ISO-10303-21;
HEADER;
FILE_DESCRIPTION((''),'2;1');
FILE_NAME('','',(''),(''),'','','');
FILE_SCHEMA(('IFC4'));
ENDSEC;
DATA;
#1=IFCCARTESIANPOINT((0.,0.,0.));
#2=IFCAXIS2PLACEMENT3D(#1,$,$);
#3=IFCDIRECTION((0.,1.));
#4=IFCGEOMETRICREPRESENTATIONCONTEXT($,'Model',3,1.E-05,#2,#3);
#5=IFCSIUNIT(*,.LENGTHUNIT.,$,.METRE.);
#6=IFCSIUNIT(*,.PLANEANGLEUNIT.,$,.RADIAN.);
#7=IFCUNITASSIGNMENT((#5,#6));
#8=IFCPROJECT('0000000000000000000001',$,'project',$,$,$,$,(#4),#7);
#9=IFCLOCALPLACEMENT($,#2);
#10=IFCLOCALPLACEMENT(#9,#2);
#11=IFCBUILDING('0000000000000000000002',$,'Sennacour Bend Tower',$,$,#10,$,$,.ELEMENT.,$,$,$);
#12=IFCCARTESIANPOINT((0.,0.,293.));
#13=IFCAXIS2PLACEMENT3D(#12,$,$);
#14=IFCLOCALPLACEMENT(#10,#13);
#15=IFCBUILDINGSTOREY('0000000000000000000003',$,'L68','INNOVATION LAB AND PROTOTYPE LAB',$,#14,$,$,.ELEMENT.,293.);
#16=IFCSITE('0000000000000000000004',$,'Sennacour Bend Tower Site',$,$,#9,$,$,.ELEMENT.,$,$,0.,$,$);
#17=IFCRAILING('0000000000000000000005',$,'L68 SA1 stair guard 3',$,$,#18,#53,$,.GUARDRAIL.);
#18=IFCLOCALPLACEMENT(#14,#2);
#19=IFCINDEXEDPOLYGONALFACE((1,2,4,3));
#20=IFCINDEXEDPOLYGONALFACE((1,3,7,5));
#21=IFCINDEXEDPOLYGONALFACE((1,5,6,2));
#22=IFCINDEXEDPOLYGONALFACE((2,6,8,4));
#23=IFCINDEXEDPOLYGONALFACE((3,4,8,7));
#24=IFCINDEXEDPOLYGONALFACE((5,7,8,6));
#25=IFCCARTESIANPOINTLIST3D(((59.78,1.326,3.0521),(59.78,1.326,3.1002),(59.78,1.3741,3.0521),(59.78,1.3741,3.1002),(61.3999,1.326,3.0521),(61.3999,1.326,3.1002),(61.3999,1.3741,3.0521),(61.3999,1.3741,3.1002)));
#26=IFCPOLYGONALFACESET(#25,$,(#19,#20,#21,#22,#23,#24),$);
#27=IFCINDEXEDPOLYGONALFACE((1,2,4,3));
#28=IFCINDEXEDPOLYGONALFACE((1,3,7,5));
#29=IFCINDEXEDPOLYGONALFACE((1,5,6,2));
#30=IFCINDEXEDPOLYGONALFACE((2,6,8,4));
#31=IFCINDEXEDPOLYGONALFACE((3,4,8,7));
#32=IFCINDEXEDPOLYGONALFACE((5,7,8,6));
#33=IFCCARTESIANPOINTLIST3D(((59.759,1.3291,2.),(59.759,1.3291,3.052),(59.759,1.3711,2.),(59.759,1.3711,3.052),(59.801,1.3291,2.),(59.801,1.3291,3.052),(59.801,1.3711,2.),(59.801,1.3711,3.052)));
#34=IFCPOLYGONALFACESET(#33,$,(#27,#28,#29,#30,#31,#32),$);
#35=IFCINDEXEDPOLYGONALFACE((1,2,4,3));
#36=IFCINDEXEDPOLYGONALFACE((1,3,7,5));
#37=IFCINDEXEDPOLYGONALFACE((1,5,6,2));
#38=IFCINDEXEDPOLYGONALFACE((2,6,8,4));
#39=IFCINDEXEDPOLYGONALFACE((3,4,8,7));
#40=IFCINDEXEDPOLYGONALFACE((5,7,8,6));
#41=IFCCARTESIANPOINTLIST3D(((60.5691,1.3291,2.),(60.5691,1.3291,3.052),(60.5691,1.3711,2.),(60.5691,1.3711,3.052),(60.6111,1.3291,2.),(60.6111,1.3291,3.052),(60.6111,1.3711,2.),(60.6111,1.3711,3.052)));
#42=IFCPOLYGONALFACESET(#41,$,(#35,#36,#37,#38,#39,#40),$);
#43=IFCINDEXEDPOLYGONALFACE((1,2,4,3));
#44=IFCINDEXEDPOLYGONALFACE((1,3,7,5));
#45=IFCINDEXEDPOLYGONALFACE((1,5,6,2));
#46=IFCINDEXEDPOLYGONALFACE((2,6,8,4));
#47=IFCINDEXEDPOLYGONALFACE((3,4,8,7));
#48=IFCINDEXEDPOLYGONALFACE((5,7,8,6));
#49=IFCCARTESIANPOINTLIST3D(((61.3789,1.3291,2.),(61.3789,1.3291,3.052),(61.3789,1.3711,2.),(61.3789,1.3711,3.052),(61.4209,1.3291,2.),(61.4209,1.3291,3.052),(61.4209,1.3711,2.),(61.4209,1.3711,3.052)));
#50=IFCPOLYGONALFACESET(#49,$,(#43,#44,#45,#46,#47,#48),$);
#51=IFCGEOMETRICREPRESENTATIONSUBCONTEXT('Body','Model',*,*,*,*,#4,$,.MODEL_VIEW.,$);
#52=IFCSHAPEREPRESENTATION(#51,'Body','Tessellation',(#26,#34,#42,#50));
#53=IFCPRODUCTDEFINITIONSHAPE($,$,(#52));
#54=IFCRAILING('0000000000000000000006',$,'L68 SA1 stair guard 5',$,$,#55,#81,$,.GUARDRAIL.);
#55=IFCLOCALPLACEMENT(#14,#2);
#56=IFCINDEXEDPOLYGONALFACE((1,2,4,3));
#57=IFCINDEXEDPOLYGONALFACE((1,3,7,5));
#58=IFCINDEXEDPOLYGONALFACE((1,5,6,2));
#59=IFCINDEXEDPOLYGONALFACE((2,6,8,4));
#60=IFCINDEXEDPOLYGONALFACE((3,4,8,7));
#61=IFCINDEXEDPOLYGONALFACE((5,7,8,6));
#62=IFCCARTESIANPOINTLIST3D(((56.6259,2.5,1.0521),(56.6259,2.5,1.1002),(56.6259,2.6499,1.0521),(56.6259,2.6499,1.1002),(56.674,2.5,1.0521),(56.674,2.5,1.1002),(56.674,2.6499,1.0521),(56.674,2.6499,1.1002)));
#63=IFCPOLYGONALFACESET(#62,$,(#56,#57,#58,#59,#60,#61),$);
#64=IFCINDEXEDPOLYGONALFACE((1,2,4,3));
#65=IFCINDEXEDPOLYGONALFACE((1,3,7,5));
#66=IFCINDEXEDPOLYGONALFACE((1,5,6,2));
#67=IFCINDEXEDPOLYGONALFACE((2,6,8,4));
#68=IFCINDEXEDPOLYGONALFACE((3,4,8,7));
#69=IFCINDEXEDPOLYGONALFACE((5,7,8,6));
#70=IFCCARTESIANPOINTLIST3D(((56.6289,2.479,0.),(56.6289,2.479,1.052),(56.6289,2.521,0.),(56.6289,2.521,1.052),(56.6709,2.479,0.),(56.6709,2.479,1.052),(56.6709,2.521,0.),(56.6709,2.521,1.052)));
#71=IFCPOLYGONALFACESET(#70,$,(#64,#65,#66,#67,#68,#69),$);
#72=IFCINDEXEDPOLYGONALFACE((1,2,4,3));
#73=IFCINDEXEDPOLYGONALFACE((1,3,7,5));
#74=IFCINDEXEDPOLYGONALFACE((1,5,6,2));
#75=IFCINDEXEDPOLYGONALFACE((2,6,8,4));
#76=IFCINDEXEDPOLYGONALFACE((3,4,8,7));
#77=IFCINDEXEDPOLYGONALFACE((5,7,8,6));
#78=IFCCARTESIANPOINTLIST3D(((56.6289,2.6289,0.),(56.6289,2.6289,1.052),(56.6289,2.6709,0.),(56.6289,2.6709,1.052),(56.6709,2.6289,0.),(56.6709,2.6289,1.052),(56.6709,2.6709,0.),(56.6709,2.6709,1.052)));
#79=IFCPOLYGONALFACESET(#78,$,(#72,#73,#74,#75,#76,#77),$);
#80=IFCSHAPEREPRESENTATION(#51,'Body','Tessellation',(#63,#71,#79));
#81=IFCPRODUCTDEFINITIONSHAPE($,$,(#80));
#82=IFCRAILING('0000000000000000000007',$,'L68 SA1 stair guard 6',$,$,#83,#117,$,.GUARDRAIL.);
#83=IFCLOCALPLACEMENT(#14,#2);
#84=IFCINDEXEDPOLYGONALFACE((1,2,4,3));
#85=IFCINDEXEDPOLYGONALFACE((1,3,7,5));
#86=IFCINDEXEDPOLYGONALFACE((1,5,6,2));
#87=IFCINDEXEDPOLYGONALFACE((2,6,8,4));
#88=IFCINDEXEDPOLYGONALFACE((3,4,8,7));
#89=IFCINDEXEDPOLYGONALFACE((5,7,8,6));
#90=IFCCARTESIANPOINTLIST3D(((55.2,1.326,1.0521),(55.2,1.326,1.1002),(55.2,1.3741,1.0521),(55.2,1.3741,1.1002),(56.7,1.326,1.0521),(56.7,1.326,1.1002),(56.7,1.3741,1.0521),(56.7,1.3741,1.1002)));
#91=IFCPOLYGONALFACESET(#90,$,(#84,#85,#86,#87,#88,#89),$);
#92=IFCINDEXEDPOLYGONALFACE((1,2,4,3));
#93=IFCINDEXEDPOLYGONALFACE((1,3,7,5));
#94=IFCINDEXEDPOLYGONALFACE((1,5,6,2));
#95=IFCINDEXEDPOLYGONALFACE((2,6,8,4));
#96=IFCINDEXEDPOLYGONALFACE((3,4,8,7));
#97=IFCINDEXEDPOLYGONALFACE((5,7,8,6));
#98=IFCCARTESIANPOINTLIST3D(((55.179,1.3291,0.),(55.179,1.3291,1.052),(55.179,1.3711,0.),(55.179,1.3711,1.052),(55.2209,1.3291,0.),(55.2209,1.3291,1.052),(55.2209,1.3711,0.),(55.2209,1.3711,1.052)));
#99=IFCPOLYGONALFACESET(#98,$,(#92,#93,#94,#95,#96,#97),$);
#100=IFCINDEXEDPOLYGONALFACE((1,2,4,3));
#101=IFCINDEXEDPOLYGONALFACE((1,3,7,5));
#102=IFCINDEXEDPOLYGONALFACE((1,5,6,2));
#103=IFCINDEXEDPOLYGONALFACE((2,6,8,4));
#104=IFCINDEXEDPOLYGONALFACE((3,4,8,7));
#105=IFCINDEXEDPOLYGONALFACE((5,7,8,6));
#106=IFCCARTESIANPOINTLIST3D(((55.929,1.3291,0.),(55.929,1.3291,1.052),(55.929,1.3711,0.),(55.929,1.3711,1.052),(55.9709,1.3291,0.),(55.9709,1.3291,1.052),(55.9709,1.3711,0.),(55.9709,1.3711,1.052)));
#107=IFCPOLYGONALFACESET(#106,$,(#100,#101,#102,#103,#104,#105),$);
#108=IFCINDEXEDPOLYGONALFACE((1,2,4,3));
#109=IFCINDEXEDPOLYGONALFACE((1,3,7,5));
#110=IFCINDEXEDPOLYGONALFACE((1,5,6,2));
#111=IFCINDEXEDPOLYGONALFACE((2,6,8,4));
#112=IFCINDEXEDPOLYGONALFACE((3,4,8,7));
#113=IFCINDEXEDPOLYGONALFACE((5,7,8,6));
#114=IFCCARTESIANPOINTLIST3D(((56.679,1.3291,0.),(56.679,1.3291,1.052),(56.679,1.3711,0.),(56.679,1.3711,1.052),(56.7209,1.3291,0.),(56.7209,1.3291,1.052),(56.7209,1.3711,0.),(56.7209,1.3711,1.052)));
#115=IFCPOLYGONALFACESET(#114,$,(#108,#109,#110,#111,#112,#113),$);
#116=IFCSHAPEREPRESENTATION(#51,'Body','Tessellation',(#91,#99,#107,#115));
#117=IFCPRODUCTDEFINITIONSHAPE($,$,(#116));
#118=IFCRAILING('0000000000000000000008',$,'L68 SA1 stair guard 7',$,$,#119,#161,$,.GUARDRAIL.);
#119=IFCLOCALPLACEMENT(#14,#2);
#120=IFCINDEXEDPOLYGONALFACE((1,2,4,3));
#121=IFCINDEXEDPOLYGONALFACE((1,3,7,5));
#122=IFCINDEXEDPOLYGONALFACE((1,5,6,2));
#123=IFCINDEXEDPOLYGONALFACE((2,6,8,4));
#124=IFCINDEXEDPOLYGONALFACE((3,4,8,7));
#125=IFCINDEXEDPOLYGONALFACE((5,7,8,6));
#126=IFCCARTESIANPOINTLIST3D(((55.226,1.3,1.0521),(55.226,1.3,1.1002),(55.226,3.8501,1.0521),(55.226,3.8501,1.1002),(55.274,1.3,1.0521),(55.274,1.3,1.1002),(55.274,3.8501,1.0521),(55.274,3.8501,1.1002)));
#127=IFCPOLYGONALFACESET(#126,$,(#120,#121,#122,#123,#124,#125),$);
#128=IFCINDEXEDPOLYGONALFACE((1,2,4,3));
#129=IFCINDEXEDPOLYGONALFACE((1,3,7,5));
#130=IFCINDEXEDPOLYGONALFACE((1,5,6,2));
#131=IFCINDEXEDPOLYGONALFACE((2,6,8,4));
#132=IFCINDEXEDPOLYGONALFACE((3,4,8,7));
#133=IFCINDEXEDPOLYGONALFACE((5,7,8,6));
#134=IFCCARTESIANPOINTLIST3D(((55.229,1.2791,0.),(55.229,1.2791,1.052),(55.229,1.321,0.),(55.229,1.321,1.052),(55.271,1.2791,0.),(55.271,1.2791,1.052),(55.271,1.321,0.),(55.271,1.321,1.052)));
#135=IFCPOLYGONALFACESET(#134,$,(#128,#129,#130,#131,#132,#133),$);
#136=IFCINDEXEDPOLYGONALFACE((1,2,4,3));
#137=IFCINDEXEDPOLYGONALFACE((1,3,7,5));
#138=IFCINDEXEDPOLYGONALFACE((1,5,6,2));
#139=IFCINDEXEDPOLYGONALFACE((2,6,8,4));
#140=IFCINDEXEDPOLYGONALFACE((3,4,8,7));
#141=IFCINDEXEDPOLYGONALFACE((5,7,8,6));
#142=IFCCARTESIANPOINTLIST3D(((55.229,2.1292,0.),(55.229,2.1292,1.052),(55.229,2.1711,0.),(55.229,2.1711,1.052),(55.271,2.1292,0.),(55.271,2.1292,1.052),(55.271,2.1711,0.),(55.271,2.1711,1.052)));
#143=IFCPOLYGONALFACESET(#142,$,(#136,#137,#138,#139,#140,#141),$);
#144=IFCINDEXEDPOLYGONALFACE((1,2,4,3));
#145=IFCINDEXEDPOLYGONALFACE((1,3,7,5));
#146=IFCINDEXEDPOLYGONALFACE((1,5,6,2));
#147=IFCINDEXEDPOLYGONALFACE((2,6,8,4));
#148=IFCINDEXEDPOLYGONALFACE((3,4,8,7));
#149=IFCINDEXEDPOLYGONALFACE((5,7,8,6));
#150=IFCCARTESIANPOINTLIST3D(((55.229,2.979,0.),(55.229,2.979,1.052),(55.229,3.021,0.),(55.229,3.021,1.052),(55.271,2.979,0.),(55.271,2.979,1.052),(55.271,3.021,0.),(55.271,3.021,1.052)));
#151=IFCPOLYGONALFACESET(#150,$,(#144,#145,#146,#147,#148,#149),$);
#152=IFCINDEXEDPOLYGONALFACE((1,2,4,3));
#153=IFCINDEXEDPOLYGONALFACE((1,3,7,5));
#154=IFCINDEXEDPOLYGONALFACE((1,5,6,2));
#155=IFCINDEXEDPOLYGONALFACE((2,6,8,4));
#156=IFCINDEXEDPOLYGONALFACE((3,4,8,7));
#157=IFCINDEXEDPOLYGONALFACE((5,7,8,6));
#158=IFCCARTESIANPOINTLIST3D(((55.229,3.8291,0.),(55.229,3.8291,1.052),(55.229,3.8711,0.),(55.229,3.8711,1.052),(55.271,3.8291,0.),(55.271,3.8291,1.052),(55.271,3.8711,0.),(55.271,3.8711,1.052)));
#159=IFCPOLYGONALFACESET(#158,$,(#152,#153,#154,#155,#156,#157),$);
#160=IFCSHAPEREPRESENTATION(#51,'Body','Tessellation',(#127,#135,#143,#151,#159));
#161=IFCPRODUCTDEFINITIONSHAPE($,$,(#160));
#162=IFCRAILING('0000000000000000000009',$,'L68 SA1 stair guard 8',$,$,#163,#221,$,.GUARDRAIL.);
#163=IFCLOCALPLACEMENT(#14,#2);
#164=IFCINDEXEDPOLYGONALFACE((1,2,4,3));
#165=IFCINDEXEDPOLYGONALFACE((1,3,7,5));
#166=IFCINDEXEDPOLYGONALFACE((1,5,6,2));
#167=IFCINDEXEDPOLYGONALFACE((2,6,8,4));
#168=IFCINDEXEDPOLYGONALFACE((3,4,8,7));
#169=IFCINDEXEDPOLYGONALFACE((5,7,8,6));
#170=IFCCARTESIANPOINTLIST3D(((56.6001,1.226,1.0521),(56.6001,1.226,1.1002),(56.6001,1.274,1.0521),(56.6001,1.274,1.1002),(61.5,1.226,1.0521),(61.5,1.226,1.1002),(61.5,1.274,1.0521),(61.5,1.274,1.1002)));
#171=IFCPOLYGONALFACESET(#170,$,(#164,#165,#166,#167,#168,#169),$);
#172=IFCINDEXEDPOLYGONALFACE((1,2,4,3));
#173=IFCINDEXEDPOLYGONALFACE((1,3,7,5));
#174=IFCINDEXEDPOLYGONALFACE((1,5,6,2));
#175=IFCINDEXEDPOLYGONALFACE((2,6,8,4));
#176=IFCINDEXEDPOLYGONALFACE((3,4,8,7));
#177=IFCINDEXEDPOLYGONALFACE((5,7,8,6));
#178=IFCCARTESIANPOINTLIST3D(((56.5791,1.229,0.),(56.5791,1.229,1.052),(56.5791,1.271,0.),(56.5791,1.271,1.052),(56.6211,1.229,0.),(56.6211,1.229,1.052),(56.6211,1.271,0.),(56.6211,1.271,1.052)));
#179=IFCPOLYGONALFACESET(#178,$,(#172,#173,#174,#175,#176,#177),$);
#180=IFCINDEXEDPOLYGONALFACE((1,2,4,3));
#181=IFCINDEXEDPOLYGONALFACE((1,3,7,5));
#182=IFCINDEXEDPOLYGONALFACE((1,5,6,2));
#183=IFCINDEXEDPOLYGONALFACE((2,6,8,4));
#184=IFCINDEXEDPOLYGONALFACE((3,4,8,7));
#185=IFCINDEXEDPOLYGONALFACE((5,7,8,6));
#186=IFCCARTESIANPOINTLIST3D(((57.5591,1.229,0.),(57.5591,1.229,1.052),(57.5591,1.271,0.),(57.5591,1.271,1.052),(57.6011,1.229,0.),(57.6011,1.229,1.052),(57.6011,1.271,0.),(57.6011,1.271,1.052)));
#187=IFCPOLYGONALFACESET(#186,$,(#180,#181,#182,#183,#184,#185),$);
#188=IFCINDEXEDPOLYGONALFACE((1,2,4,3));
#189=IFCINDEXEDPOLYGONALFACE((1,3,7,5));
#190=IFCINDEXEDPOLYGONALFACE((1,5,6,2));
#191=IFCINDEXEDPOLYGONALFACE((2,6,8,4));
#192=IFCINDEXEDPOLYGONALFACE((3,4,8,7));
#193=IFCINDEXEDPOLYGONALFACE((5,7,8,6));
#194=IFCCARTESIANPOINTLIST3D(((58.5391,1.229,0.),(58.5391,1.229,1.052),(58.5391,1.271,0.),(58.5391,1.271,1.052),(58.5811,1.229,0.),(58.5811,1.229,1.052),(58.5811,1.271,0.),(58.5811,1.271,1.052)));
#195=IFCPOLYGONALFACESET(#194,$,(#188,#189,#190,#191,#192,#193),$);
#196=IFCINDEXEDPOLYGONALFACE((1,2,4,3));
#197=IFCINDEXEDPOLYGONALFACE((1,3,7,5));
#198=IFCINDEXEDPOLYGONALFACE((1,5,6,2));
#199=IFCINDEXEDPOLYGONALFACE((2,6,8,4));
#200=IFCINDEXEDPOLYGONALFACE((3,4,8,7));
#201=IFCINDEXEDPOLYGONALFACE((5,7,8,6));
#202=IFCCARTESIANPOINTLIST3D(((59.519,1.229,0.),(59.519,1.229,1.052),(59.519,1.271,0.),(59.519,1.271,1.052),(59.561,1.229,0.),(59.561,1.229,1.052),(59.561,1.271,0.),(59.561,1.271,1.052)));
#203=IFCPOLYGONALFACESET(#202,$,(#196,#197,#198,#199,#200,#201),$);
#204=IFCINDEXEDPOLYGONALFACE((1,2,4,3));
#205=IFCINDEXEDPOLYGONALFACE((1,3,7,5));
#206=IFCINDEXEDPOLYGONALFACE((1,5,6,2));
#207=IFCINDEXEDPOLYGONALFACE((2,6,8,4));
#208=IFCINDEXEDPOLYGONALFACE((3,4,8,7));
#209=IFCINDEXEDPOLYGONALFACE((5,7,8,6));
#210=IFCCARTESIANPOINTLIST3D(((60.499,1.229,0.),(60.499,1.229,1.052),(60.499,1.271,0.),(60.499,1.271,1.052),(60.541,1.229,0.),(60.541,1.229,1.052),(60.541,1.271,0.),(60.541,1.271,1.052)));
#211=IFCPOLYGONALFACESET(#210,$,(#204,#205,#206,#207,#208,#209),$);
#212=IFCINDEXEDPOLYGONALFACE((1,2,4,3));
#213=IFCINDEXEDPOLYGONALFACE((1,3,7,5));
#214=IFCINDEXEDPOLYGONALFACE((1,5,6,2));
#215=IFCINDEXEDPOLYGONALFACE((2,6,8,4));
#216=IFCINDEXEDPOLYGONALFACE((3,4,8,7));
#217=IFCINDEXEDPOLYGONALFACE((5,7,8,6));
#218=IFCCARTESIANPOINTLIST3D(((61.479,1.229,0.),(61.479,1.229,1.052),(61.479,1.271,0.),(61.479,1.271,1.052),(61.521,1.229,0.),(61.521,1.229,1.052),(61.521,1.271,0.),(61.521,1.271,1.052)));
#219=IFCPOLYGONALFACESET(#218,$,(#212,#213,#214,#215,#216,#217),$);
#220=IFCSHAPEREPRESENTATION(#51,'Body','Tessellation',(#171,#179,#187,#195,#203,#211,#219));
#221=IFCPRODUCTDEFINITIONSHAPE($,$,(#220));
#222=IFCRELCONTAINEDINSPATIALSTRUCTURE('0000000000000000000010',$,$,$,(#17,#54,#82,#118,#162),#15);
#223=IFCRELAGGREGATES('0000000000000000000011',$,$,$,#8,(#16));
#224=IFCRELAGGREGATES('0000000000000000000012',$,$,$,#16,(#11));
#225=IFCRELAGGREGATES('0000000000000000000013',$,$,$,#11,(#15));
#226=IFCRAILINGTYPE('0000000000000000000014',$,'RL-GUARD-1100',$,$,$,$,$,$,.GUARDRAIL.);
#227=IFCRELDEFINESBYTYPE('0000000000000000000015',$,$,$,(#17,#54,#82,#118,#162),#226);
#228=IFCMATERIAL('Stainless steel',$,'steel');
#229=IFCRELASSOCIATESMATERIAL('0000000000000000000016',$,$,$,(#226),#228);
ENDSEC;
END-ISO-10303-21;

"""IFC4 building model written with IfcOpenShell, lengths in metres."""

from ifc_helpers import new_model, si_unit, direction, frame, origin, origin_2d, place, context, subcontext, project, spatial, rectangle, extrude, material, type_object, element, save


model = new_model("IFC4")

# Units and contexts
model_context = context("Model", 3, precision=1e-05, world=origin(), true_north=direction((0.0, 1.0)))
body_context = subcontext(model_context, "Body", "Model", "MODEL_VIEW")
ifc_project = project(units=[si_unit("LENGTHUNIT", "METRE"), si_unit("PLANEANGLEUNIT", "RADIAN")], contexts=[model_context])

# Site, building, storey
site_placement = place(None, origin())
site = spatial("IfcSite", under=ifc_project, at=site_placement, Name="Sennacour Bend Tower Site", CompositionType="ELEMENT", RefElevation=0.0)
building_placement = place(site_placement, origin())
building = spatial("IfcBuilding", under=site, at=building_placement, Name="Sennacour Bend Tower", CompositionType="ELEMENT")
storey_placement = place(building_placement, frame((0.0, 0.0, 293.0)))
storey = spatial("IfcBuildingStorey", under=building, at=storey_placement, Name="L68", Description="INNOVATION LAB AND PROTOTYPE LAB", CompositionType="ELEMENT", Elevation=293.0)

# Shared definitions
ifc_material_1 = material(Name="Stainless steel", Category="steel")

# Railings
railing_type_1 = type_object("IfcRailingType", Name="RL-GUARD-1100", PredefinedType="GUARDRAIL", material=ifc_material_1)
railing_1_placement = place(storey_placement, frame((59.78, 1.3501, 2.0)))
element("IfcRailing", 1, at=railing_1_placement, inside=storey, type_object=railing_type_1, Name="L68 SA1 stair guard 3", PredefinedType="GUARDRAIL", context=body_context, shape_type="SweptSolid", body=[
    extrude(rectangle(XDim=0.0481, YDim=0.0481, at=origin_2d()), frame((0.0, 0.0, 1.0762), z_axis=(1.0, 0.0, 0.0), x_axis=(0.0, 1.0, 0.0)), (0.0, 0.0, 1.0), 1.6199),
    extrude(rectangle(XDim=0.042, YDim=0.042, at=origin_2d()), origin(), (0.0, 0.0, 1.0), 1.052),
    extrude(rectangle(XDim=0.042, YDim=0.042, at=origin_2d()), frame((0.8101, 0.0, 0.0)), (0.0, 0.0, 1.0), 1.052),
    extrude(rectangle(XDim=0.042, YDim=0.042, at=origin_2d()), frame((1.6199, 0.0, 0.0)), (0.0, 0.0, 1.0), 1.052),
])
railing_2_placement = place(storey_placement, frame((56.6499, 2.5, 0.0)))
element("IfcRailing", 2, at=railing_2_placement, inside=storey, type_object=railing_type_1, Name="L68 SA1 stair guard 5", PredefinedType="GUARDRAIL", context=body_context, shape_type="SweptSolid", body=[
    extrude(rectangle(XDim=0.0481, YDim=0.0481, at=origin_2d()), frame((0.0, 0.0, 1.0762), z_axis=(0.0, 1.0, 0.0), x_axis=(-1.0, 0.0, 0.0)), (0.0, 0.0, 1.0), 0.1499),
    extrude(rectangle(XDim=0.042, YDim=0.042, at=origin_2d()), origin(), (0.0, 0.0, 1.0), 1.052),
    extrude(rectangle(XDim=0.042, YDim=0.042, at=origin_2d()), frame((0.0, 0.1499, 0.0)), (0.0, 0.0, 1.0), 1.052),
])
railing_3_placement = place(storey_placement, frame((55.2, 1.3501, 0.0)))
element("IfcRailing", 3, at=railing_3_placement, inside=storey, type_object=railing_type_1, Name="L68 SA1 stair guard 6", PredefinedType="GUARDRAIL", context=body_context, shape_type="SweptSolid", body=[
    extrude(rectangle(XDim=0.0481, YDim=0.0481, at=origin_2d()), frame((0.0, 0.0, 1.0762), z_axis=(1.0, 0.0, 0.0), x_axis=(0.0, 1.0, 0.0)), (0.0, 0.0, 1.0), 1.5),
    extrude(rectangle(XDim=0.042, YDim=0.042, at=origin_2d()), origin(), (0.0, 0.0, 1.0), 1.052),
    extrude(rectangle(XDim=0.042, YDim=0.042, at=origin_2d()), frame((0.75, 0.0, 0.0)), (0.0, 0.0, 1.0), 1.052),
    extrude(rectangle(XDim=0.042, YDim=0.042, at=origin_2d()), frame((1.5, 0.0, 0.0)), (0.0, 0.0, 1.0), 1.052),
])
railing_4_placement = place(storey_placement, frame((55.25, 1.3, 0.0)))
element("IfcRailing", 4, at=railing_4_placement, inside=storey, type_object=railing_type_1, Name="L68 SA1 stair guard 7", PredefinedType="GUARDRAIL", context=body_context, shape_type="SweptSolid", body=[
    extrude(rectangle(XDim=0.0481, YDim=0.0481, at=origin_2d()), frame((0.0, 0.0, 1.0762), z_axis=(0.0, 1.0, 0.0), x_axis=(-1.0, 0.0, 0.0)), (0.0, 0.0, 1.0), 2.55),
    extrude(rectangle(XDim=0.042, YDim=0.042, at=origin_2d()), origin(), (0.0, 0.0, 1.0), 1.052),
    extrude(rectangle(XDim=0.042, YDim=0.042, at=origin_2d()), frame((0.0, 0.8501, 0.0)), (0.0, 0.0, 1.0), 1.052),
    extrude(rectangle(XDim=0.042, YDim=0.042, at=origin_2d()), frame((0.0, 1.7, 0.0)), (0.0, 0.0, 1.0), 1.052),
    extrude(rectangle(XDim=0.042, YDim=0.042, at=origin_2d()), frame((0.0, 2.55, 0.0)), (0.0, 0.0, 1.0), 1.052),
])
railing_5_placement = place(storey_placement, frame((56.6001, 1.25, 0.0)))
element("IfcRailing", 5, at=railing_5_placement, inside=storey, type_object=railing_type_1, Name="L68 SA1 stair guard 8", PredefinedType="GUARDRAIL", context=body_context, shape_type="SweptSolid", body=[
    extrude(rectangle(XDim=0.0481, YDim=0.0481, at=origin_2d()), frame((0.0, 0.0, 1.0762), z_axis=(1.0, 0.0, 0.0), x_axis=(0.0, 1.0, 0.0)), (0.0, 0.0, 1.0), 4.8999),
    extrude(rectangle(XDim=0.042, YDim=0.042, at=origin_2d()), origin(), (0.0, 0.0, 1.0), 1.052),
    extrude(rectangle(XDim=0.042, YDim=0.042, at=origin_2d()), frame((0.98, 0.0, 0.0)), (0.0, 0.0, 1.0), 1.052),
    extrude(rectangle(XDim=0.042, YDim=0.042, at=origin_2d()), frame((1.96, 0.0, 0.0)), (0.0, 0.0, 1.0), 1.052),
    extrude(rectangle(XDim=0.042, YDim=0.042, at=origin_2d()), frame((2.9399, 0.0, 0.0)), (0.0, 0.0, 1.0), 1.052),
    extrude(rectangle(XDim=0.042, YDim=0.042, at=origin_2d()), frame((3.9199, 0.0, 0.0)), (0.0, 0.0, 1.0), 1.052),
    extrude(rectangle(XDim=0.042, YDim=0.042, at=origin_2d()), frame((4.8999, 0.0, 0.0)), (0.0, 0.0, 1.0), 1.052),
])

save(model, "model.ifc")
